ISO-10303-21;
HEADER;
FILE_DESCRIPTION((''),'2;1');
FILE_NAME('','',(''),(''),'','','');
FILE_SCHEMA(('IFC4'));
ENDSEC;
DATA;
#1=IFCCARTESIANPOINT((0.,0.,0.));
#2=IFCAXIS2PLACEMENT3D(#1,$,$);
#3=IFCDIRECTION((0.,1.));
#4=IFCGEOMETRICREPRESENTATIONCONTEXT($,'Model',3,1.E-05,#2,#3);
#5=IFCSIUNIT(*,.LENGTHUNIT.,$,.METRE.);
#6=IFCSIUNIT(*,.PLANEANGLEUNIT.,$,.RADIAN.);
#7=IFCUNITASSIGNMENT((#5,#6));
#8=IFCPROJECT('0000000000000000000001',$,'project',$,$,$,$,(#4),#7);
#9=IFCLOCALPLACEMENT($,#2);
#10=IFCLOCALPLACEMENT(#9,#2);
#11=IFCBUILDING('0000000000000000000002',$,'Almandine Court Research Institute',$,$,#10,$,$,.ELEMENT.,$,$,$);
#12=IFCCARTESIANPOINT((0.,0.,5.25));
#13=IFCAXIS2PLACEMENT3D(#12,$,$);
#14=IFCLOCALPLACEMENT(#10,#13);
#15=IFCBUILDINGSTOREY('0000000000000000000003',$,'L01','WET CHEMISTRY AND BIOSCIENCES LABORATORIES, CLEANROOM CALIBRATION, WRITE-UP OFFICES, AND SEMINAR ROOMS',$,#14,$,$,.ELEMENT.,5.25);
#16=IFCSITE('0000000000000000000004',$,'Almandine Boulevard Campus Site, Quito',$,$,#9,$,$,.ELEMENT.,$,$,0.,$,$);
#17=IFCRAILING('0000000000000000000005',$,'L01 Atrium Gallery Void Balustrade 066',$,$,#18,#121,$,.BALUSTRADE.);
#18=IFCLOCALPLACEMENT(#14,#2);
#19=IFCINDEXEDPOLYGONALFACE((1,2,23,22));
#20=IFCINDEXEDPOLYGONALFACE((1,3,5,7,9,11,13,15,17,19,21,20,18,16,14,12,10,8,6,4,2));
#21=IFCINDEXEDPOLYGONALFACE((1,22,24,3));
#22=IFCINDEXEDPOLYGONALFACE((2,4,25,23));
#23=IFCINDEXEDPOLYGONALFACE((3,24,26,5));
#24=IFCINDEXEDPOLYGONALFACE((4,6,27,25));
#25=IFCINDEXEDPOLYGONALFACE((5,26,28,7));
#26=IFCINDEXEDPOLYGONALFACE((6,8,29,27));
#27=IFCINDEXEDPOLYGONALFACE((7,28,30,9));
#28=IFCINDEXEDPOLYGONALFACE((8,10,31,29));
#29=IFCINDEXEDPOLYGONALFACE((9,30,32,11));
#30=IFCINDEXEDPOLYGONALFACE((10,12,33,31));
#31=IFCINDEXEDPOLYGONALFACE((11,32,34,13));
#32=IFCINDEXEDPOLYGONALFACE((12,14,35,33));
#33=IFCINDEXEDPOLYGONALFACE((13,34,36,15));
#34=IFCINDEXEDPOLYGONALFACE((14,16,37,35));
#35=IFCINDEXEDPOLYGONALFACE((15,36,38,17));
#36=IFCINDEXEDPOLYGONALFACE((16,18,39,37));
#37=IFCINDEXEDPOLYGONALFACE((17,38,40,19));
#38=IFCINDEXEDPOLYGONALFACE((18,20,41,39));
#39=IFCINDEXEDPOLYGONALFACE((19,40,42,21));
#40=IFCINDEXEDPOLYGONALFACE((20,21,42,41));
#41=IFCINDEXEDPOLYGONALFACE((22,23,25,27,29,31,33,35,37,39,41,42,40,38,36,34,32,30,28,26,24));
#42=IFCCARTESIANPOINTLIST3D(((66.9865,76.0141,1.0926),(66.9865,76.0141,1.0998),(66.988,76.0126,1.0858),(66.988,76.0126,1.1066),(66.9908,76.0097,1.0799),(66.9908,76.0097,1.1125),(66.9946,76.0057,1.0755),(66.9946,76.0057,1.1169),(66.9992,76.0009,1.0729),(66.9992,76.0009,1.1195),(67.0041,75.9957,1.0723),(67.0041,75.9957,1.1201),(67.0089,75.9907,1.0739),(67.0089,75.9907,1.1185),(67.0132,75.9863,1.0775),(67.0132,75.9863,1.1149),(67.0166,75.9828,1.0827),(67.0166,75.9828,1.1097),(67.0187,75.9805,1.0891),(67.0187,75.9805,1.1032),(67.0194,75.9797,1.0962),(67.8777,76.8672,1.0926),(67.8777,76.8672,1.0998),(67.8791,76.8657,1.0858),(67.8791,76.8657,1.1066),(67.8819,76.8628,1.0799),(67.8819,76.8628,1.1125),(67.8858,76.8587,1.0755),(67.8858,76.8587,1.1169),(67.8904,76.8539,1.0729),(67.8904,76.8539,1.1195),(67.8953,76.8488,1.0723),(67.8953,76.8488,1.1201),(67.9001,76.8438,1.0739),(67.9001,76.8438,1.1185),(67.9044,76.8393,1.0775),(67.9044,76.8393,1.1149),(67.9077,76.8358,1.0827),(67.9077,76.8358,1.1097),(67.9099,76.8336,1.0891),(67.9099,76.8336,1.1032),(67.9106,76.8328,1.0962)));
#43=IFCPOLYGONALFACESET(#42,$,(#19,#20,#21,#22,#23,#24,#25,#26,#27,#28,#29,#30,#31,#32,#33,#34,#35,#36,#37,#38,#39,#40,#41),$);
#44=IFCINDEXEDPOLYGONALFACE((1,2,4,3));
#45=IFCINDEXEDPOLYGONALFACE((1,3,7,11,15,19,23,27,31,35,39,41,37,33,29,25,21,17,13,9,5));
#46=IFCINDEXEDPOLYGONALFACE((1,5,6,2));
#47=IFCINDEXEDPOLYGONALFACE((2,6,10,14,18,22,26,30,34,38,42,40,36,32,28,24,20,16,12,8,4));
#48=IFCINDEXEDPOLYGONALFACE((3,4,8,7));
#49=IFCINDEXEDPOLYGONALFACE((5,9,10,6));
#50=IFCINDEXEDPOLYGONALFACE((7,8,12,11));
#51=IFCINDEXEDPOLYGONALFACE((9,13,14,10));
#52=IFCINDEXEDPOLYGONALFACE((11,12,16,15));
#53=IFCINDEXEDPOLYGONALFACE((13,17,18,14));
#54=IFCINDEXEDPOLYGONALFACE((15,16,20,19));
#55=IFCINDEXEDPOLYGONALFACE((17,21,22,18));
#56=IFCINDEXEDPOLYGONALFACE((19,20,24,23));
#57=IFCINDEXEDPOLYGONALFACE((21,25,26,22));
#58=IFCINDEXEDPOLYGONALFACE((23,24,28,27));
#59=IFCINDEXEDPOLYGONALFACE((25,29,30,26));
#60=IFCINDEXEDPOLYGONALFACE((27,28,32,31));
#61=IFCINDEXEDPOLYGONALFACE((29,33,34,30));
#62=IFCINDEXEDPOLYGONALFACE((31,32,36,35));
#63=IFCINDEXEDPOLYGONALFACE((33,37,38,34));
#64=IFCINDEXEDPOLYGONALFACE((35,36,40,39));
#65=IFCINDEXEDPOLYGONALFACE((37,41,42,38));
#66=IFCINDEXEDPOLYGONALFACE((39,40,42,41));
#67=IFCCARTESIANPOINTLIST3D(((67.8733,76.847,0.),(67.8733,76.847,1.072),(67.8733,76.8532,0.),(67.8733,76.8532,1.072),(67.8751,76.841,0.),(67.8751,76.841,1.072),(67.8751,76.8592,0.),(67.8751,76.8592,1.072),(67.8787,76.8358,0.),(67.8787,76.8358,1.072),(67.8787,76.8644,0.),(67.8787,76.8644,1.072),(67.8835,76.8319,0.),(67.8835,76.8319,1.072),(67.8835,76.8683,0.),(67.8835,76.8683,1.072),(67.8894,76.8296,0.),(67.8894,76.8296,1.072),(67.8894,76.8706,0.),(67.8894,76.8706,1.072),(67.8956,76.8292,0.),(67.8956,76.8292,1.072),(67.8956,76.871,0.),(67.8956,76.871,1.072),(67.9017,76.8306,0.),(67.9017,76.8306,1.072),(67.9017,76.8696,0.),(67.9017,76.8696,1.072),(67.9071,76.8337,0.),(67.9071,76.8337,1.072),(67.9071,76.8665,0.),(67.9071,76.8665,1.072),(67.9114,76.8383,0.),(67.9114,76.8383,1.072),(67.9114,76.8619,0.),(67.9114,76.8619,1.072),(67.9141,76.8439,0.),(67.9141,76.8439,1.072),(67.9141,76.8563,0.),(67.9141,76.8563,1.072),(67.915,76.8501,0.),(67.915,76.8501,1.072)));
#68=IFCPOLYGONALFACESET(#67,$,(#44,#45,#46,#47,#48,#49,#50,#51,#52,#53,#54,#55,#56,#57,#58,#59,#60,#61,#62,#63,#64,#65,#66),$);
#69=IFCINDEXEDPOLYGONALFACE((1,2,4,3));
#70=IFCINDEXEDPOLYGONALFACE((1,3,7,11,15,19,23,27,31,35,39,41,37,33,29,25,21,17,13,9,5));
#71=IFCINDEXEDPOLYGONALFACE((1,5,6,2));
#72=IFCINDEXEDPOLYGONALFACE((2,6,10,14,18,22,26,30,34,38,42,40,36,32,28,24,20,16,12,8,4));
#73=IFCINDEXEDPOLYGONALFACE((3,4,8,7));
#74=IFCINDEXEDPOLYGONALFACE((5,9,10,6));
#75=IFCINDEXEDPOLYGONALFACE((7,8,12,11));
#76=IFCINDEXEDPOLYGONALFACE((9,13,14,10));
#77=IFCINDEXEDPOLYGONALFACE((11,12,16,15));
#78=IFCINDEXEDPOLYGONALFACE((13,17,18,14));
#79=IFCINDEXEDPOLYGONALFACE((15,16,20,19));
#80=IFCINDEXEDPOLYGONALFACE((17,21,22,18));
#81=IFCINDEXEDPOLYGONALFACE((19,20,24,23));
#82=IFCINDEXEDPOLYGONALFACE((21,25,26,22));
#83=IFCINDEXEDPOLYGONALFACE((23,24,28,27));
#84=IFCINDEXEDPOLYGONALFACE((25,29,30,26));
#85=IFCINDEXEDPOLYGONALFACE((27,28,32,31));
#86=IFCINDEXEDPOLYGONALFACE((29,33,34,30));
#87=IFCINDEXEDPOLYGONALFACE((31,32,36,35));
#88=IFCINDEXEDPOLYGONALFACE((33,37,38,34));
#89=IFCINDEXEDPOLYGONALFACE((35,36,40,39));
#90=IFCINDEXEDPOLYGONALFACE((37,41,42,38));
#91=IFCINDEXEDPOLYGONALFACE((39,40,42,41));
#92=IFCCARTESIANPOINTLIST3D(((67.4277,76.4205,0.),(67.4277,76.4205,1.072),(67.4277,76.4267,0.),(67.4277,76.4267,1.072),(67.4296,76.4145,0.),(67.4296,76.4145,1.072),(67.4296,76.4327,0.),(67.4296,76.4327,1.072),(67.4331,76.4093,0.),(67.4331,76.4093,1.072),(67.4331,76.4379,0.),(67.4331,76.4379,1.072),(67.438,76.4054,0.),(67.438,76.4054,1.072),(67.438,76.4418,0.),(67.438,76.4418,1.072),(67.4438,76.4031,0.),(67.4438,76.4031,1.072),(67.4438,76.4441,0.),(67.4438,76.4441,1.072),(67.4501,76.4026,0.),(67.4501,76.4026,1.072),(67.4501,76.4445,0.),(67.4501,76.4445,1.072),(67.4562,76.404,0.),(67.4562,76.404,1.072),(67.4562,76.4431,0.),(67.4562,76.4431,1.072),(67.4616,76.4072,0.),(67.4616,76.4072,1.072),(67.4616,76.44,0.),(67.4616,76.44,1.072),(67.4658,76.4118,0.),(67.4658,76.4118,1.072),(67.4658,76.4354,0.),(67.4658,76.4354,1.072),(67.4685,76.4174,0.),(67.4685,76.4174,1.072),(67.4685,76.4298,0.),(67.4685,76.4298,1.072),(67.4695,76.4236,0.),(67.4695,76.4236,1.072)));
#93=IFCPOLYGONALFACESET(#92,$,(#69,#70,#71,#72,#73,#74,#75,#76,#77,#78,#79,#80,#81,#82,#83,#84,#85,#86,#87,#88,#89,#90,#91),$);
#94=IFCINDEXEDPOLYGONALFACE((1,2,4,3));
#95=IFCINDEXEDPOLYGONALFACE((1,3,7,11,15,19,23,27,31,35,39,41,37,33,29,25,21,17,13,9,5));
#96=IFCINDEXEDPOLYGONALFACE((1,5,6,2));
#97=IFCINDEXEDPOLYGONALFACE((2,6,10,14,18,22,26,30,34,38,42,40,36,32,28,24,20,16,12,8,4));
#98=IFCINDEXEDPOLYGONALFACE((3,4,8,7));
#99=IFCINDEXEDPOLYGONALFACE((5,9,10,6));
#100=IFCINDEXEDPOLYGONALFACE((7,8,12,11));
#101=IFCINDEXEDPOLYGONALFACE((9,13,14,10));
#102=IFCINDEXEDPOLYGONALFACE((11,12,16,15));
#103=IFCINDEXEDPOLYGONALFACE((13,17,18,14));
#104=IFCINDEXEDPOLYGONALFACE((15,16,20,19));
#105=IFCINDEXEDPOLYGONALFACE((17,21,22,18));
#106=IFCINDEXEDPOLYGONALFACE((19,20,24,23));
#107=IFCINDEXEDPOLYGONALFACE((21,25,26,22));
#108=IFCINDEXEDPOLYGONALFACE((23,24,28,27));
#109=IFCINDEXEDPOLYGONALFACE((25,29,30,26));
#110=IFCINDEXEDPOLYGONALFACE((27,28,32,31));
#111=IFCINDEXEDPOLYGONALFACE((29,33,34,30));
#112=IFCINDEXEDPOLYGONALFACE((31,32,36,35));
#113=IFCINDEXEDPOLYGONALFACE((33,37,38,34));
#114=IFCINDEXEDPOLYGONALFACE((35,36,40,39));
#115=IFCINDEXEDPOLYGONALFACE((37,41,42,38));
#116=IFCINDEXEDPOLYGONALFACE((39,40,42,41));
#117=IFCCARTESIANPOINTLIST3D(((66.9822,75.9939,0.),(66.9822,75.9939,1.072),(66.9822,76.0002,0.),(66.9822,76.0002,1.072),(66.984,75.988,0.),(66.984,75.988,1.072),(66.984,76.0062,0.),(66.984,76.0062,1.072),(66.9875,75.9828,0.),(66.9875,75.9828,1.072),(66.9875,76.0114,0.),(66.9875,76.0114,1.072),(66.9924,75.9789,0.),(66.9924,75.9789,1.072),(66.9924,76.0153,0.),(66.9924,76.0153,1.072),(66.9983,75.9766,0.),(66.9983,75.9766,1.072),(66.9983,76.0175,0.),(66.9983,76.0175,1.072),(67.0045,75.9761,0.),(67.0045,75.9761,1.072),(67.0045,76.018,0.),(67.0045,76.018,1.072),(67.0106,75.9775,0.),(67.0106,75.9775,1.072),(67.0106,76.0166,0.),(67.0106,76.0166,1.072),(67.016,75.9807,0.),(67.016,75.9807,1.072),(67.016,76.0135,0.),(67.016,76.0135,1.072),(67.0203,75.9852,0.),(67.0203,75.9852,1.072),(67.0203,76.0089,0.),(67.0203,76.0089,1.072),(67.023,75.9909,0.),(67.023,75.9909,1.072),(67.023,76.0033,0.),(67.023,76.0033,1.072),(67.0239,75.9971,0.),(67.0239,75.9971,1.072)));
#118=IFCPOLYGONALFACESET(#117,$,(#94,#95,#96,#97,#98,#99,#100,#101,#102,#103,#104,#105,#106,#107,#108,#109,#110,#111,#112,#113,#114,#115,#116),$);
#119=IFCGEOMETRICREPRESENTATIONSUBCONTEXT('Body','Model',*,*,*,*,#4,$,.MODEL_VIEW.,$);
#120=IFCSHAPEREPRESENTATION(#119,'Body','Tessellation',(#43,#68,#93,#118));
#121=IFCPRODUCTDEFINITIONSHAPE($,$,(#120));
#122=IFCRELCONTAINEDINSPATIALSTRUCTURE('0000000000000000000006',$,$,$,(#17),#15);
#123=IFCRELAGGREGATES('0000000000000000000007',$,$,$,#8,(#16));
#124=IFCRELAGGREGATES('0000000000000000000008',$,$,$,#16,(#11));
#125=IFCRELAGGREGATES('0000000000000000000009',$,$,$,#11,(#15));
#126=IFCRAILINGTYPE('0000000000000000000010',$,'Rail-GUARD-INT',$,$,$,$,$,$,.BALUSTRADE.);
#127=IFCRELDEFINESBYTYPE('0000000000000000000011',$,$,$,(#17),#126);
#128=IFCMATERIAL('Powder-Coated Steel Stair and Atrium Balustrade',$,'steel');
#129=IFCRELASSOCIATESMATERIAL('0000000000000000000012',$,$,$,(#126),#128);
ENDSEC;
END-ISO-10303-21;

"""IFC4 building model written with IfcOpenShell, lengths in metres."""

from ifc_helpers import new_model, si_unit, direction, frame, origin, origin_2d, place, context, subcontext, project, spatial, circle, extrude, material, type_object, element, save


model = new_model("IFC4")

# Units and contexts
model_context = context("Model", 3, precision=1e-05, world=origin(), true_north=direction((0.0, 1.0)))
body_context = subcontext(model_context, "Body", "Model", "MODEL_VIEW")
ifc_project = project(units=[si_unit("LENGTHUNIT", "METRE"), si_unit("PLANEANGLEUNIT", "RADIAN")], contexts=[model_context])

# Site, building, storey
site_placement = place(None, origin())
site = spatial("IfcSite", under=ifc_project, at=site_placement, Name="Almandine Boulevard Campus Site, Quito", CompositionType="ELEMENT", RefElevation=0.0)
building_placement = place(site_placement, origin())
building = spatial("IfcBuilding", under=site, at=building_placement, Name="Almandine Court Research Institute", CompositionType="ELEMENT")
storey_placement = place(building_placement, frame((0.0, 0.0, 5.25)))
storey = spatial("IfcBuildingStorey", under=building, at=storey_placement, Name="L01", Description="WET CHEMISTRY AND BIOSCIENCES LABORATORIES, CLEANROOM CALIBRATION, WRITE-UP OFFICES, AND SEMINAR ROOMS", CompositionType="ELEMENT", Elevation=5.25)

# Railing
ifc_material_1 = material(Name="Powder-Coated Steel Stair and Atrium Balustrade", Category="steel")
railing_type = type_object("IfcRailingType", Name="Rail-GUARD-INT", PredefinedType="BALUSTRADE", material=ifc_material_1)
railing_1_placement = place(storey_placement, frame((67.894, 76.8501, 0.0)))
element("IfcRailing", 1, at=railing_1_placement, inside=storey, type_object=railing_type, Name="L01 Atrium Gallery Void Balustrade 066", PredefinedType="BALUSTRADE", context=body_context, shape_type="SweptSolid", body=[
    extrude(circle(Radius=0.0239, at=origin_2d()), frame((0.0, 0.0, 1.0962), z_axis=(-0.722375, -0.691501, 0.0), x_axis=(0.691501, -0.722375, 0.0)), (0.0, 0.0, 1.0), 1.2336),
    extrude(circle(Radius=0.021, at=origin_2d()), origin(), (0.0, 0.0, 1.0), 1.072),
    extrude(circle(Radius=0.021, at=origin_2d()), frame((-0.4456, -0.4265, 0.0)), (0.0, 0.0, 1.0), 1.072),
    extrude(circle(Radius=0.021, at=origin_2d()), frame((-0.8911, -0.853, 0.0)), (0.0, 0.0, 1.0), 1.072),
])

save(model, "model.ifc")
